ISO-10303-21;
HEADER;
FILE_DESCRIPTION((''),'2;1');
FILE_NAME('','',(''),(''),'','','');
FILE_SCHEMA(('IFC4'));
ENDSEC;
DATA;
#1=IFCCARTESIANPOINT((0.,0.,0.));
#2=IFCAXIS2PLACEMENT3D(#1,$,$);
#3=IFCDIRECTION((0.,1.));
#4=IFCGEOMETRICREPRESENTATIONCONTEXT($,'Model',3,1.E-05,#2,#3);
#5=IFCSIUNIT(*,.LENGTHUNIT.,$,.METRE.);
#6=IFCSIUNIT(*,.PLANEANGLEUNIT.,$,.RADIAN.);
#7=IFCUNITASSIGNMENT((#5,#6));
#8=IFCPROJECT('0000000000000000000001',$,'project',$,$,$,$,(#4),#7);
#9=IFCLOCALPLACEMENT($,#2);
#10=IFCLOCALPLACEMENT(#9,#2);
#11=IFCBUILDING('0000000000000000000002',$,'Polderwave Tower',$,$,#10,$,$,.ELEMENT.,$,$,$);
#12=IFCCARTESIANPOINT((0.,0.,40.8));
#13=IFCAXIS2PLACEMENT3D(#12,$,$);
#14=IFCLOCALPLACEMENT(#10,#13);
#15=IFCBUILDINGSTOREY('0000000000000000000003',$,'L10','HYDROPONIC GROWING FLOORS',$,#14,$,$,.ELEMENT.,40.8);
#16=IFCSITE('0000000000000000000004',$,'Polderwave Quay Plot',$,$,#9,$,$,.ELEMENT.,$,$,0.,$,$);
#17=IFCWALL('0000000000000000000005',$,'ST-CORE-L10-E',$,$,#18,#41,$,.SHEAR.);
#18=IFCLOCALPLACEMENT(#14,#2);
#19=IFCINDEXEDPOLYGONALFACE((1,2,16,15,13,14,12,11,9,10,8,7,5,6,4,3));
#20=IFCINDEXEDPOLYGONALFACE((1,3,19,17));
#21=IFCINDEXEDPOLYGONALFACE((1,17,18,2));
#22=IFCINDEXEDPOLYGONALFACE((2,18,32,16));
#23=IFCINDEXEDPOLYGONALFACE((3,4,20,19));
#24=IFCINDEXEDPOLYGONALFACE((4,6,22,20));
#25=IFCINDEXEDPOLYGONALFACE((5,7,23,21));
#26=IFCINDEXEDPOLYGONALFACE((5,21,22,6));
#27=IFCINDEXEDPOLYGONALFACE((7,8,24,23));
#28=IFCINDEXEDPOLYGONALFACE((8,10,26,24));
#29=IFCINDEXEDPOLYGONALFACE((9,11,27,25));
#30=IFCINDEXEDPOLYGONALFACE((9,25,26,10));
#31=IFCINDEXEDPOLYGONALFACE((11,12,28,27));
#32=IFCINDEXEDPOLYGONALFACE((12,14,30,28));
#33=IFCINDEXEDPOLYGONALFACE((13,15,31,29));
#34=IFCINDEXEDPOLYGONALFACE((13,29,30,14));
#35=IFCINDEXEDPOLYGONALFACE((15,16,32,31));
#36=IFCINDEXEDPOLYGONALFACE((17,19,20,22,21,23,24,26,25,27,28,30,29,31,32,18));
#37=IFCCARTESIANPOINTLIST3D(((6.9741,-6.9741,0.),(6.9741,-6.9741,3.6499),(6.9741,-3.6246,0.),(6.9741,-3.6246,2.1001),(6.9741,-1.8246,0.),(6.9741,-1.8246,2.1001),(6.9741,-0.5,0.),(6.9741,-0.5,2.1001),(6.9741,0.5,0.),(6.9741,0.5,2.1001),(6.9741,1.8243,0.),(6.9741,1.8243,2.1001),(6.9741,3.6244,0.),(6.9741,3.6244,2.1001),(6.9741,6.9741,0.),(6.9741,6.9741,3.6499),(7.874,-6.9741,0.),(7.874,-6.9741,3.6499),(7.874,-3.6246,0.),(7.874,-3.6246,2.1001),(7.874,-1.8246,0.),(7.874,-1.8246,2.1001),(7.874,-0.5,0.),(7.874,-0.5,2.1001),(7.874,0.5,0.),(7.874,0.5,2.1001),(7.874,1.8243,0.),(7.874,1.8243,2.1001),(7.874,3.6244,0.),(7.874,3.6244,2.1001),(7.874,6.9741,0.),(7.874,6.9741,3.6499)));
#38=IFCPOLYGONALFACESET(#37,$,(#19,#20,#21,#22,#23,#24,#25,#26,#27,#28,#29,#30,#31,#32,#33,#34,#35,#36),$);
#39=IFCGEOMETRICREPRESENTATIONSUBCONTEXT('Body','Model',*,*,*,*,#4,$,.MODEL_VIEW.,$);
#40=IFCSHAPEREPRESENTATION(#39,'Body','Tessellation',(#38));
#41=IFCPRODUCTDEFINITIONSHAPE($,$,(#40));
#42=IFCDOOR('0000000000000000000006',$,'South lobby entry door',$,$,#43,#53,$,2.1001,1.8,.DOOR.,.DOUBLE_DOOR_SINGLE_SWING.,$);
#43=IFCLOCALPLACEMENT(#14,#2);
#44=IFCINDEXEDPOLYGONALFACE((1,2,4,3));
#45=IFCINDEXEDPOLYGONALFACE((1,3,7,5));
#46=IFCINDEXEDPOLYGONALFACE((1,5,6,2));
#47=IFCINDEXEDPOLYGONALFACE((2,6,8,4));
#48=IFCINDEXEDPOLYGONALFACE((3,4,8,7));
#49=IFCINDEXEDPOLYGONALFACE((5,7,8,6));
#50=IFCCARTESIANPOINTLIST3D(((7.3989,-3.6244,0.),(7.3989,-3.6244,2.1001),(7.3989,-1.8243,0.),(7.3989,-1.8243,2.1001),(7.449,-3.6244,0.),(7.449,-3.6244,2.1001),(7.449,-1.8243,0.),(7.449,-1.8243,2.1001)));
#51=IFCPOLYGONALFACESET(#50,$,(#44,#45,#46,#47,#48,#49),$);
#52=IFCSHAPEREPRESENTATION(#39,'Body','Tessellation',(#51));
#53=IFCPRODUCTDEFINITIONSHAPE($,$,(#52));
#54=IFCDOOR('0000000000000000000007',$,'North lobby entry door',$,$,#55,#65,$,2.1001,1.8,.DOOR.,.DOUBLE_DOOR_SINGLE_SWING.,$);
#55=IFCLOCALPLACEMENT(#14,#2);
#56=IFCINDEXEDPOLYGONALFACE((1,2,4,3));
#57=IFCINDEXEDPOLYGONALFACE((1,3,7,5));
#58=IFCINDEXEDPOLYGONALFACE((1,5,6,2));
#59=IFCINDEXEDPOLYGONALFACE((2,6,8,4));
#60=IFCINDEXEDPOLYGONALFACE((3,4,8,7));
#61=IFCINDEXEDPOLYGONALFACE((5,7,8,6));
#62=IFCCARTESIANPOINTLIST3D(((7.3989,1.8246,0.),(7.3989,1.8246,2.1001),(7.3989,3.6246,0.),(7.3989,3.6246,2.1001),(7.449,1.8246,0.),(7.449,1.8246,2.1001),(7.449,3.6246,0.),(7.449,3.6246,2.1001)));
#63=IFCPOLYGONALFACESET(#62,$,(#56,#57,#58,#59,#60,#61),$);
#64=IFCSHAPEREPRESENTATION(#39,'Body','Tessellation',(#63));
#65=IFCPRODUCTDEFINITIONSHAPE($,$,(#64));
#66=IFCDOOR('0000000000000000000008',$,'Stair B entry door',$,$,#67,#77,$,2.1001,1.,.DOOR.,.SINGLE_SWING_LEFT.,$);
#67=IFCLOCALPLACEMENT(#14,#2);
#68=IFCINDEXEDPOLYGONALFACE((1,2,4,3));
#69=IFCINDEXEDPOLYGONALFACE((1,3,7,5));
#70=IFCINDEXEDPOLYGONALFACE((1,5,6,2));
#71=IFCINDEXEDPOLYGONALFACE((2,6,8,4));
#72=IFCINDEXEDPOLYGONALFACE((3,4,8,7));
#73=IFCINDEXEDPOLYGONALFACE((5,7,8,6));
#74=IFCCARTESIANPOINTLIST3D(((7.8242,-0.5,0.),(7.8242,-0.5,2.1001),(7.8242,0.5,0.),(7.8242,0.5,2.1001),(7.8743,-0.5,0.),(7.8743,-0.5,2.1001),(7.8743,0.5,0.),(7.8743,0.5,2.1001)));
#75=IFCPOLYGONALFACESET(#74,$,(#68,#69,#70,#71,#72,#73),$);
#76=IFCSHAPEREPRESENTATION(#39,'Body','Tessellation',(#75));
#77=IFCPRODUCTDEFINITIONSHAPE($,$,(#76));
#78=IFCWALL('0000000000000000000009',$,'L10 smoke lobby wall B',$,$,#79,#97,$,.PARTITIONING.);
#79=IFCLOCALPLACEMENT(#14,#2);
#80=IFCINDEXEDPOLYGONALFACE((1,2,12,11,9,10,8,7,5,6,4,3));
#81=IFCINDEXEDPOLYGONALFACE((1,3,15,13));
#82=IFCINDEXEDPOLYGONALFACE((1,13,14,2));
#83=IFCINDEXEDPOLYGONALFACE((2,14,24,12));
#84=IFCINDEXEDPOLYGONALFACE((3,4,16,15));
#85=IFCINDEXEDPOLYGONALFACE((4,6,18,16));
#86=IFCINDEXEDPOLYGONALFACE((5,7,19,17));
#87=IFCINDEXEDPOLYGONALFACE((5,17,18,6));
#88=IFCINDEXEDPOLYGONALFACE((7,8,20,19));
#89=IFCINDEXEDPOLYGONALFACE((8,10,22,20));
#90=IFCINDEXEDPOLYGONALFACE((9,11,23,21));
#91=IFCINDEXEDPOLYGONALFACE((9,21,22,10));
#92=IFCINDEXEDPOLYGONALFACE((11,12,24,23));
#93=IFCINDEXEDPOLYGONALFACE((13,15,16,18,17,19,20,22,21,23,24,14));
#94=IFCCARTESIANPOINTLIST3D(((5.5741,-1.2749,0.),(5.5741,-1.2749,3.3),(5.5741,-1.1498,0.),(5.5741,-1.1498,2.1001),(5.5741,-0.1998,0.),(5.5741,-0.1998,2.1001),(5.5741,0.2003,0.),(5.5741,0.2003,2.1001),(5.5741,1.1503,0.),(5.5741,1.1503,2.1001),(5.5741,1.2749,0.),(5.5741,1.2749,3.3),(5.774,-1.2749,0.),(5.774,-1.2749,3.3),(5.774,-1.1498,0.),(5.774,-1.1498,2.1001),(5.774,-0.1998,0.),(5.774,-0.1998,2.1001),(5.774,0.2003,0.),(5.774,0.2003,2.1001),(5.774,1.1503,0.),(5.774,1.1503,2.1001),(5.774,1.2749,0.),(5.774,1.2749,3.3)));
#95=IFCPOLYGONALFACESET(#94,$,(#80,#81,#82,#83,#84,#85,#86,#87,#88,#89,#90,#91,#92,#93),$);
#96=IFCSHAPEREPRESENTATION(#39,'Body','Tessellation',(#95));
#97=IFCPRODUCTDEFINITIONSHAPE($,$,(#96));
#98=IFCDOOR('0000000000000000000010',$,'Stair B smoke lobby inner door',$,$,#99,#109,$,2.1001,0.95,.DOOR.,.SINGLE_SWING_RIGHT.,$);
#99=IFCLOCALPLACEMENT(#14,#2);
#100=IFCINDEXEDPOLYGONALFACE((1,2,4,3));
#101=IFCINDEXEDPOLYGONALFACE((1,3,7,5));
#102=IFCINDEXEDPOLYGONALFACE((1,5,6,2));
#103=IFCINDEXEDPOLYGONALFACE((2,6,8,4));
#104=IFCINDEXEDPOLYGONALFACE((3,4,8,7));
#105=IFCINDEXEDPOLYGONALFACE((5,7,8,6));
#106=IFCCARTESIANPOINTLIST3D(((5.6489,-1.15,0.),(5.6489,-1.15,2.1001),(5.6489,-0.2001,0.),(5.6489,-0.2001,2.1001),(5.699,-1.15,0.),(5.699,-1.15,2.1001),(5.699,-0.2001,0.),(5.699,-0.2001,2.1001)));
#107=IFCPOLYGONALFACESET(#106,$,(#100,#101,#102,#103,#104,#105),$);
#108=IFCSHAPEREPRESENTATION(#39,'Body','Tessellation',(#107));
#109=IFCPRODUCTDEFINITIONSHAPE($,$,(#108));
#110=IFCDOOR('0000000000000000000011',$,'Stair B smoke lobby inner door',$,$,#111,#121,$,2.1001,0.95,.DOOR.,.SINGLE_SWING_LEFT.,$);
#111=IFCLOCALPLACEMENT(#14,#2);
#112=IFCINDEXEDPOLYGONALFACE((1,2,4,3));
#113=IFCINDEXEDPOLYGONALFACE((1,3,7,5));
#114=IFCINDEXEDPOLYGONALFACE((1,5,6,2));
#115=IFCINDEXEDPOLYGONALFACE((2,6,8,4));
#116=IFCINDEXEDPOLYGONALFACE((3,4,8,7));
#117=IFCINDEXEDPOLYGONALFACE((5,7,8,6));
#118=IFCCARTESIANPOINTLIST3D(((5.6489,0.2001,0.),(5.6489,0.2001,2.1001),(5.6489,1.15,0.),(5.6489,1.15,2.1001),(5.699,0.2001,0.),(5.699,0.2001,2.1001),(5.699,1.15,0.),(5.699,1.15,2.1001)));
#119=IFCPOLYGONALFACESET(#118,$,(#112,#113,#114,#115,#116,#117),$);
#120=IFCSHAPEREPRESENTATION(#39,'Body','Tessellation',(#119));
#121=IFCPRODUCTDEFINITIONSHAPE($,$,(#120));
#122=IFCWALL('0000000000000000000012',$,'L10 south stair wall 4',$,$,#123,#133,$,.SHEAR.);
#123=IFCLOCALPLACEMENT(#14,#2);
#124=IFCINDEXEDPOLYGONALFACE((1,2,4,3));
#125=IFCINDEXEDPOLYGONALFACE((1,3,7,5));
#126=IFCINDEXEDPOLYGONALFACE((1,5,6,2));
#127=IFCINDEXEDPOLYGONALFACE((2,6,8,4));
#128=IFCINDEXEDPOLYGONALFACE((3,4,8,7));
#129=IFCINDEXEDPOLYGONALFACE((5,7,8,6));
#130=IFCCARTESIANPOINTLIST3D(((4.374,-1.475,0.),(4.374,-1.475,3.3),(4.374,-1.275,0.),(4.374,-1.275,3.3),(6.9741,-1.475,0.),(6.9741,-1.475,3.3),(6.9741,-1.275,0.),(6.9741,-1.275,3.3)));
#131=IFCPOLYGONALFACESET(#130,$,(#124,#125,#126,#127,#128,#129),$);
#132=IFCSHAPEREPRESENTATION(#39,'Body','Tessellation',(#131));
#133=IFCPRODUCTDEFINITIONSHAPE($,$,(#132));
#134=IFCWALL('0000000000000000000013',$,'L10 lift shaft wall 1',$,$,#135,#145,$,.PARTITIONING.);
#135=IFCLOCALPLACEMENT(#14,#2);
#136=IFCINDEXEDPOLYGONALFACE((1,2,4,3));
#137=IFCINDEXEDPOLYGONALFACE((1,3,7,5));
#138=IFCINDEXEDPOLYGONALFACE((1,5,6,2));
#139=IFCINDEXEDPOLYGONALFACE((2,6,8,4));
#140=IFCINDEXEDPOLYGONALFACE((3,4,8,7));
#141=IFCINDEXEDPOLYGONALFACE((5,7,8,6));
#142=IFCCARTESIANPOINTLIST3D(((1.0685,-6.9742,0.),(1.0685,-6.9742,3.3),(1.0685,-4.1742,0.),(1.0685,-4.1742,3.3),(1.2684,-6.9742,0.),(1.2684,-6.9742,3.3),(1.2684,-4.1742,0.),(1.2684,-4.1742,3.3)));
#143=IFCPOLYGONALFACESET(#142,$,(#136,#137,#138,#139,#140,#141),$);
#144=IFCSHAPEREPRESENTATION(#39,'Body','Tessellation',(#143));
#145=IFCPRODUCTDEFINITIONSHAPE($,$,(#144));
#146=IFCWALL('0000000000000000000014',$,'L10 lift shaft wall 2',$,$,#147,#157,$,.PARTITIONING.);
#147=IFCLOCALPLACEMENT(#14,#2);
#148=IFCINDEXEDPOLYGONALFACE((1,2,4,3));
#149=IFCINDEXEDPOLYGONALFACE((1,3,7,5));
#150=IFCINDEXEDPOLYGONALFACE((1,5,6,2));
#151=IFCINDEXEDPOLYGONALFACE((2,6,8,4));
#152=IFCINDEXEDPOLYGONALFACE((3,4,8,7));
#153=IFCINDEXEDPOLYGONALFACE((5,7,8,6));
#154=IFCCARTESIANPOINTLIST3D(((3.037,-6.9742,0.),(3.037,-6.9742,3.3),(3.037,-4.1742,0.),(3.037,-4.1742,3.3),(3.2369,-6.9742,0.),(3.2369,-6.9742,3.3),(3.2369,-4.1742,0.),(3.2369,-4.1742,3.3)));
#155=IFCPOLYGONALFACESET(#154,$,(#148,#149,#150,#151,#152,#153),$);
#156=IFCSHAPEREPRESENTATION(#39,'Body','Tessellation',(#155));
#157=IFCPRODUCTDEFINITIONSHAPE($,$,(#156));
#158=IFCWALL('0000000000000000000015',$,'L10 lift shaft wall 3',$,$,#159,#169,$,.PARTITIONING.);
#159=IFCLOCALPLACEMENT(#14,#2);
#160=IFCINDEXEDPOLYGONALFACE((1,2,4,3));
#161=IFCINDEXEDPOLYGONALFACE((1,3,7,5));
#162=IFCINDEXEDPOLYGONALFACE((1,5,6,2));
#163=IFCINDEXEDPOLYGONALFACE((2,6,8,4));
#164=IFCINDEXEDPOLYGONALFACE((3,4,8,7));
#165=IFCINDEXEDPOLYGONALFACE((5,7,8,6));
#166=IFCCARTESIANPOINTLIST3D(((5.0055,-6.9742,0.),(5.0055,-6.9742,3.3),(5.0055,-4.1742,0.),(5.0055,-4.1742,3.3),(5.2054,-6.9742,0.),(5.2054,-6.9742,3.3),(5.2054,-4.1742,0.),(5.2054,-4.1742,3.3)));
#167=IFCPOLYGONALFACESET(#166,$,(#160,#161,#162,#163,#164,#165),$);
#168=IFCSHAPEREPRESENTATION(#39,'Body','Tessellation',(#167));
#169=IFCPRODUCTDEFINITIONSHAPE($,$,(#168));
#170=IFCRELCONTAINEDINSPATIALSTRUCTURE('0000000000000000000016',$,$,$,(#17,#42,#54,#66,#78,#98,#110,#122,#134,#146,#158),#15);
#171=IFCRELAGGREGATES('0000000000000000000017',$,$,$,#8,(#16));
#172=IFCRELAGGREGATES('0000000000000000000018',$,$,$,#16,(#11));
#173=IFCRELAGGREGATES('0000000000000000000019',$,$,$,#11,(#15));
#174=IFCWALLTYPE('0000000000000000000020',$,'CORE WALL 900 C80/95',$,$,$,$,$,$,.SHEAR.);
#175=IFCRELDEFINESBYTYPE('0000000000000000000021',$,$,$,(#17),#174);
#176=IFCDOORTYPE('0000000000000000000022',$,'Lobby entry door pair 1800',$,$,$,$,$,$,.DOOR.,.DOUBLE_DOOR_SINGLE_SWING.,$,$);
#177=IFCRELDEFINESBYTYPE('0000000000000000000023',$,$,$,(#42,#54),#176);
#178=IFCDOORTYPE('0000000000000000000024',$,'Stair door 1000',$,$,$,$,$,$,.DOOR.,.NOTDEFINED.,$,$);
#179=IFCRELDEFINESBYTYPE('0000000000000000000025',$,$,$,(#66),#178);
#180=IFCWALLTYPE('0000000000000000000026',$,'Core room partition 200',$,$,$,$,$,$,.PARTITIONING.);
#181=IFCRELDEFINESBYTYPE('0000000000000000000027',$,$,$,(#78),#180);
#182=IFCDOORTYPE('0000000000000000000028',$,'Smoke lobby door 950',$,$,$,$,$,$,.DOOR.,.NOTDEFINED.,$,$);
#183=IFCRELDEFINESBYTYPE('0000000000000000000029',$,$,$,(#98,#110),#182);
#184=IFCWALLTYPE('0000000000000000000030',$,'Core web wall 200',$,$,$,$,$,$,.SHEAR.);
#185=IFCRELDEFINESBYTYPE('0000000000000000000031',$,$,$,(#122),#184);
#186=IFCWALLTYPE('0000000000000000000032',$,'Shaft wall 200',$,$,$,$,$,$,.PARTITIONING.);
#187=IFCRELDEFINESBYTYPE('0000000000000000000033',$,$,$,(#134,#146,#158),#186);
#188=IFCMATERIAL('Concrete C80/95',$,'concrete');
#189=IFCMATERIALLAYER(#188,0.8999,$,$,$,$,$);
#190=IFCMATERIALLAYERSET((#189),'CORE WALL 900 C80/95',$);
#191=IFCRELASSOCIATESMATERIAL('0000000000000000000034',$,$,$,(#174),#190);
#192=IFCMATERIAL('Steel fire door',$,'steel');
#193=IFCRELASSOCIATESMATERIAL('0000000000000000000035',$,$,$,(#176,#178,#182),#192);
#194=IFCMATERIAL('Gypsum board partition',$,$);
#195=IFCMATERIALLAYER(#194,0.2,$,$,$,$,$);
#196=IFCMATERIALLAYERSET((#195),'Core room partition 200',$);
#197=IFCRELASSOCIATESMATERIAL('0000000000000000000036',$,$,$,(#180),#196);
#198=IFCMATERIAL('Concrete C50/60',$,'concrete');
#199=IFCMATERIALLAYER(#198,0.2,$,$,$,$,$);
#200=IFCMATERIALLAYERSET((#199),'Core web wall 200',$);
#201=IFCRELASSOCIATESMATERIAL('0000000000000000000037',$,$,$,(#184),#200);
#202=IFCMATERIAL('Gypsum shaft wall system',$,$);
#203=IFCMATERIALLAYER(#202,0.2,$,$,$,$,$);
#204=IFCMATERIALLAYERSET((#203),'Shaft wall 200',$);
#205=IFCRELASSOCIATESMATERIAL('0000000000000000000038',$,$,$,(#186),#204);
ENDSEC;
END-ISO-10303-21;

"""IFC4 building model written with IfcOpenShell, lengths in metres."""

from ifc_helpers import new_model, si_unit, direction, frame, frame_2d, origin, place, context, subcontext, project, spatial, rectangle, extrude, material, layer, layer_set, type_object, element, fill, save


model = new_model("IFC4")

# Units and contexts
model_context = context("Model", 3, precision=1e-05, world=origin(), true_north=direction((0.0, 1.0)))
body_context = subcontext(model_context, "Body", "Model", "MODEL_VIEW")
ifc_project = project(units=[si_unit("LENGTHUNIT", "METRE"), si_unit("PLANEANGLEUNIT", "RADIAN")], contexts=[model_context])

# Site, building, storey
site_placement = place(None, origin())
site = spatial("IfcSite", under=ifc_project, at=site_placement, Name="Polderwave Quay Plot", CompositionType="ELEMENT", RefElevation=0.0)
building_placement = place(site_placement, origin())
building = spatial("IfcBuilding", under=site, at=building_placement, Name="Polderwave Tower", CompositionType="ELEMENT")
storey_placement = place(building_placement, frame((0.0, 0.0, 40.8)))
storey = spatial("IfcBuildingStorey", under=building, at=storey_placement, Name="L10", Description="HYDROPONIC GROWING FLOORS", CompositionType="ELEMENT", Elevation=40.8)

# Walls, openings, doors
ifc_material_1 = material(Name="Concrete C80/95", Category="concrete")
ifc_layer_1 = layer(ifc_material_1, 0.8999)
ifc_layer_set_1 = layer_set([ifc_layer_1], Name="CORE WALL 900 C80/95")
wall_type_1 = type_object("IfcWallType", Name="CORE WALL 900 C80/95", PredefinedType="SHEAR", material=ifc_layer_set_1)
wall_1_placement = place(storey_placement, frame((7.4241, -6.9741, 0.0), z_axis=(0.0, 0.0, 1.0), x_axis=(0.0, 1.0, 0.0)))
wall_1 = element("IfcWall", 1, at=wall_1_placement, inside=storey, type_object=wall_type_1, Name="ST-CORE-L10-E", PredefinedType="SHEAR", context=body_context, shape_type="SweptSolid", body=[
    extrude(rectangle(XDim=13.9482, YDim=0.8999, at=frame_2d((6.9741, 0.0))), origin(), (0.0, 0.0, 1.0), 3.6499),
])
opening_1_placement = place(wall_1_placement, frame((6.4741, 0.0, 0.0)))
opening_1 = element("IfcOpeningElement", 2, at=opening_1_placement, cuts=wall_1, PredefinedType="OPENING", context=body_context, shape_type="SweptSolid", body=[
    extrude(rectangle(XDim=1.0, YDim=2.1001, at=frame_2d((0.5, 1.05))), frame((0.0, 0.46, 0.0), z_axis=(0.0, -1.0, 0.0), x_axis=(1.0, 0.0, 0.0)), (0.0, 0.0, 1.0), 0.9199),
])
opening_2_placement = place(wall_1_placement, frame((3.3496, 0.0, 0.0)))
opening_2 = element("IfcOpeningElement", 3, at=opening_2_placement, cuts=wall_1, PredefinedType="OPENING", context=body_context, shape_type="SweptSolid", body=[
    extrude(rectangle(XDim=1.8, YDim=2.1001, at=frame_2d((0.8999, 1.05))), frame((0.0, 0.46, 0.0), z_axis=(0.0, -1.0, 0.0), x_axis=(1.0, 0.0, 0.0)), (0.0, 0.0, 1.0), 0.9199),
])
opening_3_placement = place(wall_1_placement, frame((8.7986, 0.0, 0.0)))
opening_3 = element("IfcOpeningElement", 4, at=opening_3_placement, cuts=wall_1, PredefinedType="OPENING", context=body_context, shape_type="SweptSolid", body=[
    extrude(rectangle(XDim=1.8, YDim=2.1001, at=frame_2d((0.8999, 1.05))), frame((0.0, 0.46, 0.0), z_axis=(0.0, -1.0, 0.0), x_axis=(1.0, 0.0, 0.0)), (0.0, 0.0, 1.0), 0.9199),
])
ifc_material_2 = material(Name="Steel fire door", Category="steel")
door_type_1 = type_object("IfcDoorType", Name="Lobby entry door pair 1800", OperationType="DOUBLE_DOOR_SINGLE_SWING", PredefinedType="DOOR", material=ifc_material_2)
door_1_placement = place(opening_2_placement, frame((1.8, 0.0, 0.0), z_axis=(0.0, 0.0, 1.0), x_axis=(-1.0, 0.0, 0.0)))
door_1 = element("IfcDoor", 5, at=door_1_placement, inside=storey, type_object=door_type_1, Name="South lobby entry door", OperationType="DOUBLE_DOOR_SINGLE_SWING", OverallHeight=2.1001, OverallWidth=1.8, PredefinedType="DOOR", context=body_context, shape_type="SweptSolid", body=[
    extrude(rectangle(XDim=1.8, YDim=2.1001, at=frame_2d((0.8999, 1.05))), frame((0.0, 0.0249, 0.0), z_axis=(0.0, -1.0, 0.0), x_axis=(1.0, 0.0, 0.0)), (0.0, 0.0, 1.0), 0.05),
])
fill(opening_2, door_1)
door_2_placement = place(opening_3_placement, frame((1.8, 0.0, 0.0), z_axis=(0.0, 0.0, 1.0), x_axis=(-1.0, 0.0, 0.0)))
door_2 = element("IfcDoor", 6, at=door_2_placement, inside=storey, type_object=door_type_1, Name="North lobby entry door", OperationType="DOUBLE_DOOR_SINGLE_SWING", OverallHeight=2.1001, OverallWidth=1.8, PredefinedType="DOOR", context=body_context, shape_type="SweptSolid", body=[
    extrude(rectangle(XDim=1.8, YDim=2.1001, at=frame_2d((0.8999, 1.05))), frame((0.0, 0.0249, 0.0), z_axis=(0.0, -1.0, 0.0), x_axis=(1.0, 0.0, 0.0)), (0.0, 0.0, 1.0), 0.05),
])
fill(opening_3, door_2)
door_type_2 = type_object("IfcDoorType", Name="Stair door 1000", OperationType="NOTDEFINED", PredefinedType="DOOR", material=ifc_material_2)
door_3_placement = place(opening_1_placement, frame((1.0, 0.0, 0.0), z_axis=(0.0, 0.0, 1.0), x_axis=(-1.0, 0.0, 0.0)))
door_3 = element("IfcDoor", 7, at=door_3_placement, inside=storey, type_object=door_type_2, Name="Stair B entry door", OperationType="SINGLE_SWING_LEFT", OverallHeight=2.1001, OverallWidth=1.0, PredefinedType="DOOR", context=body_context, shape_type="SweptSolid", body=[
    extrude(rectangle(XDim=1.0, YDim=2.1001, at=frame_2d((0.5, 1.05))), frame((0.0, 0.4502, 0.0), z_axis=(0.0, -1.0, 0.0), x_axis=(1.0, 0.0, 0.0)), (0.0, 0.0, 1.0), 0.05),
])
fill(opening_1, door_3)
ifc_material_3 = material(Name="Gypsum board partition")
ifc_layer_2 = layer(ifc_material_3, 0.2)
ifc_layer_set_2 = layer_set([ifc_layer_2], Name="Core room partition 200")
wall_type_2 = type_object("IfcWallType", Name="Core room partition 200", PredefinedType="PARTITIONING", material=ifc_layer_set_2)
wall_2_placement = place(storey_placement, frame((5.6741, -1.2749, 0.0), z_axis=(0.0, 0.0, 1.0), x_axis=(0.0, 1.0, 0.0)))
wall_2 = element("IfcWall", 8, at=wall_2_placement, inside=storey, type_object=wall_type_2, Name="L10 smoke lobby wall B", PredefinedType="PARTITIONING", context=body_context, shape_type="SweptSolid", body=[
    extrude(rectangle(XDim=2.5498, YDim=0.2, at=frame_2d((1.2749, 0.0))), origin(), (0.0, 0.0, 1.0), 3.3),
])
opening_4_placement = place(wall_2_placement, frame((0.125, 0.0, 0.0)))
opening_4 = element("IfcOpeningElement", 9, at=opening_4_placement, cuts=wall_2, PredefinedType="OPENING", context=body_context, shape_type="SweptSolid", body=[
    extrude(rectangle(XDim=0.95, YDim=2.1001, at=frame_2d((0.4751, 1.05))), frame((0.0, 0.1099, 0.0), z_axis=(0.0, -1.0, 0.0), x_axis=(1.0, 0.0, 0.0)), (0.0, 0.0, 1.0), 0.22),
])
opening_5_placement = place(wall_2_placement, frame((1.4751, 0.0, 0.0)))
opening_5 = element("IfcOpeningElement", 10, at=opening_5_placement, cuts=wall_2, PredefinedType="OPENING", context=body_context, shape_type="SweptSolid", body=[
    extrude(rectangle(XDim=0.95, YDim=2.1001, at=frame_2d((0.4751, 1.05))), frame((0.0, 0.1099, 0.0), z_axis=(0.0, -1.0, 0.0), x_axis=(1.0, 0.0, 0.0)), (0.0, 0.0, 1.0), 0.22),
])
door_type_3 = type_object("IfcDoorType", Name="Smoke lobby door 950", OperationType="NOTDEFINED", PredefinedType="DOOR", material=ifc_material_2)
door_4_placement = place(opening_4_placement, frame((0.95, 0.0, 0.0), z_axis=(0.0, 0.0, 1.0), x_axis=(-1.0, 0.0, 0.0)))
door_4 = element("IfcDoor", 11, at=door_4_placement, inside=storey, type_object=door_type_3, Name="Stair B smoke lobby inner door", OperationType="SINGLE_SWING_RIGHT", OverallHeight=2.1001, OverallWidth=0.95, PredefinedType="DOOR", context=body_context, shape_type="SweptSolid", body=[
    extrude(rectangle(XDim=0.95, YDim=2.1001, at=frame_2d((0.4751, 1.05))), frame((0.0, 0.0249, 0.0), z_axis=(0.0, -1.0, 0.0), x_axis=(1.0, 0.0, 0.0)), (0.0, 0.0, 1.0), 0.05),
])
fill(opening_4, door_4)
door_5_placement = place(opening_5_placement, frame((0.95, 0.0, 0.0), z_axis=(0.0, 0.0, 1.0), x_axis=(-1.0, 0.0, 0.0)))
door_5 = element("IfcDoor", 12, at=door_5_placement, inside=storey, type_object=door_type_3, Name="Stair B smoke lobby inner door", OperationType="SINGLE_SWING_LEFT", OverallHeight=2.1001, OverallWidth=0.95, PredefinedType="DOOR", context=body_context, shape_type="SweptSolid", body=[
    extrude(rectangle(XDim=0.95, YDim=2.1001, at=frame_2d((0.4751, 1.05))), frame((0.0, 0.0249, 0.0), z_axis=(0.0, -1.0, 0.0), x_axis=(1.0, 0.0, 0.0)), (0.0, 0.0, 1.0), 0.05),
])
fill(opening_5, door_5)

# Walls
ifc_material_4 = material(Name="Concrete C50/60", Category="concrete")
ifc_layer_3 = layer(ifc_material_4, 0.2)
ifc_layer_set_3 = layer_set([ifc_layer_3], Name="Core web wall 200")
wall_type_3 = type_object("IfcWallType", Name="Core web wall 200", PredefinedType="SHEAR", material=ifc_layer_set_3)
wall_3_placement = place(storey_placement, frame((4.374, -1.375, 0.0), z_axis=(0.0, 0.0, 1.0), x_axis=(1.0, 0.0, 0.0)))
element("IfcWall", 13, at=wall_3_placement, inside=storey, type_object=wall_type_3, Name="L10 south stair wall 4", PredefinedType="SHEAR", context=body_context, shape_type="SweptSolid", body=[
    extrude(rectangle(XDim=2.6001, YDim=0.2, at=frame_2d((1.3, 0.0))), origin(), (0.0, 0.0, 1.0), 3.3),
])
ifc_material_5 = material(Name="Gypsum shaft wall system")
ifc_layer_4 = layer(ifc_material_5, 0.2)
ifc_layer_set_4 = layer_set([ifc_layer_4], Name="Shaft wall 200")
wall_type_4 = type_object("IfcWallType", Name="Shaft wall 200", PredefinedType="PARTITIONING", material=ifc_layer_set_4)
for number, where, z_axis, x_axis, name in (
    (14, (1.1685, -6.9741, 0.0), (0.0, 0.0, 1.0), (0.0, 1.0, 0.0), "L10 lift shaft wall 1"),
    (15, (3.137, -6.9741, 0.0), (0.0, 0.0, 1.0), (0.0, 1.0, 0.0), "L10 lift shaft wall 2"),
    (16, (5.1055, -6.9741, 0.0), (0.0, 0.0, 1.0), (0.0, 1.0, 0.0), "L10 lift shaft wall 3"),
):
    element("IfcWall", number, at=place(storey_placement, frame(where, z_axis=z_axis, x_axis=x_axis)), inside=storey, type_object=wall_type_4, Name=name, PredefinedType="PARTITIONING", context=body_context, shape_type="SweptSolid", body=[
        extrude(rectangle(XDim=2.8, YDim=0.2, at=frame_2d((1.3999, 0.0))), origin(), (0.0, 0.0, 1.0), 3.3),
    ])

save(model, "model.ifc")
